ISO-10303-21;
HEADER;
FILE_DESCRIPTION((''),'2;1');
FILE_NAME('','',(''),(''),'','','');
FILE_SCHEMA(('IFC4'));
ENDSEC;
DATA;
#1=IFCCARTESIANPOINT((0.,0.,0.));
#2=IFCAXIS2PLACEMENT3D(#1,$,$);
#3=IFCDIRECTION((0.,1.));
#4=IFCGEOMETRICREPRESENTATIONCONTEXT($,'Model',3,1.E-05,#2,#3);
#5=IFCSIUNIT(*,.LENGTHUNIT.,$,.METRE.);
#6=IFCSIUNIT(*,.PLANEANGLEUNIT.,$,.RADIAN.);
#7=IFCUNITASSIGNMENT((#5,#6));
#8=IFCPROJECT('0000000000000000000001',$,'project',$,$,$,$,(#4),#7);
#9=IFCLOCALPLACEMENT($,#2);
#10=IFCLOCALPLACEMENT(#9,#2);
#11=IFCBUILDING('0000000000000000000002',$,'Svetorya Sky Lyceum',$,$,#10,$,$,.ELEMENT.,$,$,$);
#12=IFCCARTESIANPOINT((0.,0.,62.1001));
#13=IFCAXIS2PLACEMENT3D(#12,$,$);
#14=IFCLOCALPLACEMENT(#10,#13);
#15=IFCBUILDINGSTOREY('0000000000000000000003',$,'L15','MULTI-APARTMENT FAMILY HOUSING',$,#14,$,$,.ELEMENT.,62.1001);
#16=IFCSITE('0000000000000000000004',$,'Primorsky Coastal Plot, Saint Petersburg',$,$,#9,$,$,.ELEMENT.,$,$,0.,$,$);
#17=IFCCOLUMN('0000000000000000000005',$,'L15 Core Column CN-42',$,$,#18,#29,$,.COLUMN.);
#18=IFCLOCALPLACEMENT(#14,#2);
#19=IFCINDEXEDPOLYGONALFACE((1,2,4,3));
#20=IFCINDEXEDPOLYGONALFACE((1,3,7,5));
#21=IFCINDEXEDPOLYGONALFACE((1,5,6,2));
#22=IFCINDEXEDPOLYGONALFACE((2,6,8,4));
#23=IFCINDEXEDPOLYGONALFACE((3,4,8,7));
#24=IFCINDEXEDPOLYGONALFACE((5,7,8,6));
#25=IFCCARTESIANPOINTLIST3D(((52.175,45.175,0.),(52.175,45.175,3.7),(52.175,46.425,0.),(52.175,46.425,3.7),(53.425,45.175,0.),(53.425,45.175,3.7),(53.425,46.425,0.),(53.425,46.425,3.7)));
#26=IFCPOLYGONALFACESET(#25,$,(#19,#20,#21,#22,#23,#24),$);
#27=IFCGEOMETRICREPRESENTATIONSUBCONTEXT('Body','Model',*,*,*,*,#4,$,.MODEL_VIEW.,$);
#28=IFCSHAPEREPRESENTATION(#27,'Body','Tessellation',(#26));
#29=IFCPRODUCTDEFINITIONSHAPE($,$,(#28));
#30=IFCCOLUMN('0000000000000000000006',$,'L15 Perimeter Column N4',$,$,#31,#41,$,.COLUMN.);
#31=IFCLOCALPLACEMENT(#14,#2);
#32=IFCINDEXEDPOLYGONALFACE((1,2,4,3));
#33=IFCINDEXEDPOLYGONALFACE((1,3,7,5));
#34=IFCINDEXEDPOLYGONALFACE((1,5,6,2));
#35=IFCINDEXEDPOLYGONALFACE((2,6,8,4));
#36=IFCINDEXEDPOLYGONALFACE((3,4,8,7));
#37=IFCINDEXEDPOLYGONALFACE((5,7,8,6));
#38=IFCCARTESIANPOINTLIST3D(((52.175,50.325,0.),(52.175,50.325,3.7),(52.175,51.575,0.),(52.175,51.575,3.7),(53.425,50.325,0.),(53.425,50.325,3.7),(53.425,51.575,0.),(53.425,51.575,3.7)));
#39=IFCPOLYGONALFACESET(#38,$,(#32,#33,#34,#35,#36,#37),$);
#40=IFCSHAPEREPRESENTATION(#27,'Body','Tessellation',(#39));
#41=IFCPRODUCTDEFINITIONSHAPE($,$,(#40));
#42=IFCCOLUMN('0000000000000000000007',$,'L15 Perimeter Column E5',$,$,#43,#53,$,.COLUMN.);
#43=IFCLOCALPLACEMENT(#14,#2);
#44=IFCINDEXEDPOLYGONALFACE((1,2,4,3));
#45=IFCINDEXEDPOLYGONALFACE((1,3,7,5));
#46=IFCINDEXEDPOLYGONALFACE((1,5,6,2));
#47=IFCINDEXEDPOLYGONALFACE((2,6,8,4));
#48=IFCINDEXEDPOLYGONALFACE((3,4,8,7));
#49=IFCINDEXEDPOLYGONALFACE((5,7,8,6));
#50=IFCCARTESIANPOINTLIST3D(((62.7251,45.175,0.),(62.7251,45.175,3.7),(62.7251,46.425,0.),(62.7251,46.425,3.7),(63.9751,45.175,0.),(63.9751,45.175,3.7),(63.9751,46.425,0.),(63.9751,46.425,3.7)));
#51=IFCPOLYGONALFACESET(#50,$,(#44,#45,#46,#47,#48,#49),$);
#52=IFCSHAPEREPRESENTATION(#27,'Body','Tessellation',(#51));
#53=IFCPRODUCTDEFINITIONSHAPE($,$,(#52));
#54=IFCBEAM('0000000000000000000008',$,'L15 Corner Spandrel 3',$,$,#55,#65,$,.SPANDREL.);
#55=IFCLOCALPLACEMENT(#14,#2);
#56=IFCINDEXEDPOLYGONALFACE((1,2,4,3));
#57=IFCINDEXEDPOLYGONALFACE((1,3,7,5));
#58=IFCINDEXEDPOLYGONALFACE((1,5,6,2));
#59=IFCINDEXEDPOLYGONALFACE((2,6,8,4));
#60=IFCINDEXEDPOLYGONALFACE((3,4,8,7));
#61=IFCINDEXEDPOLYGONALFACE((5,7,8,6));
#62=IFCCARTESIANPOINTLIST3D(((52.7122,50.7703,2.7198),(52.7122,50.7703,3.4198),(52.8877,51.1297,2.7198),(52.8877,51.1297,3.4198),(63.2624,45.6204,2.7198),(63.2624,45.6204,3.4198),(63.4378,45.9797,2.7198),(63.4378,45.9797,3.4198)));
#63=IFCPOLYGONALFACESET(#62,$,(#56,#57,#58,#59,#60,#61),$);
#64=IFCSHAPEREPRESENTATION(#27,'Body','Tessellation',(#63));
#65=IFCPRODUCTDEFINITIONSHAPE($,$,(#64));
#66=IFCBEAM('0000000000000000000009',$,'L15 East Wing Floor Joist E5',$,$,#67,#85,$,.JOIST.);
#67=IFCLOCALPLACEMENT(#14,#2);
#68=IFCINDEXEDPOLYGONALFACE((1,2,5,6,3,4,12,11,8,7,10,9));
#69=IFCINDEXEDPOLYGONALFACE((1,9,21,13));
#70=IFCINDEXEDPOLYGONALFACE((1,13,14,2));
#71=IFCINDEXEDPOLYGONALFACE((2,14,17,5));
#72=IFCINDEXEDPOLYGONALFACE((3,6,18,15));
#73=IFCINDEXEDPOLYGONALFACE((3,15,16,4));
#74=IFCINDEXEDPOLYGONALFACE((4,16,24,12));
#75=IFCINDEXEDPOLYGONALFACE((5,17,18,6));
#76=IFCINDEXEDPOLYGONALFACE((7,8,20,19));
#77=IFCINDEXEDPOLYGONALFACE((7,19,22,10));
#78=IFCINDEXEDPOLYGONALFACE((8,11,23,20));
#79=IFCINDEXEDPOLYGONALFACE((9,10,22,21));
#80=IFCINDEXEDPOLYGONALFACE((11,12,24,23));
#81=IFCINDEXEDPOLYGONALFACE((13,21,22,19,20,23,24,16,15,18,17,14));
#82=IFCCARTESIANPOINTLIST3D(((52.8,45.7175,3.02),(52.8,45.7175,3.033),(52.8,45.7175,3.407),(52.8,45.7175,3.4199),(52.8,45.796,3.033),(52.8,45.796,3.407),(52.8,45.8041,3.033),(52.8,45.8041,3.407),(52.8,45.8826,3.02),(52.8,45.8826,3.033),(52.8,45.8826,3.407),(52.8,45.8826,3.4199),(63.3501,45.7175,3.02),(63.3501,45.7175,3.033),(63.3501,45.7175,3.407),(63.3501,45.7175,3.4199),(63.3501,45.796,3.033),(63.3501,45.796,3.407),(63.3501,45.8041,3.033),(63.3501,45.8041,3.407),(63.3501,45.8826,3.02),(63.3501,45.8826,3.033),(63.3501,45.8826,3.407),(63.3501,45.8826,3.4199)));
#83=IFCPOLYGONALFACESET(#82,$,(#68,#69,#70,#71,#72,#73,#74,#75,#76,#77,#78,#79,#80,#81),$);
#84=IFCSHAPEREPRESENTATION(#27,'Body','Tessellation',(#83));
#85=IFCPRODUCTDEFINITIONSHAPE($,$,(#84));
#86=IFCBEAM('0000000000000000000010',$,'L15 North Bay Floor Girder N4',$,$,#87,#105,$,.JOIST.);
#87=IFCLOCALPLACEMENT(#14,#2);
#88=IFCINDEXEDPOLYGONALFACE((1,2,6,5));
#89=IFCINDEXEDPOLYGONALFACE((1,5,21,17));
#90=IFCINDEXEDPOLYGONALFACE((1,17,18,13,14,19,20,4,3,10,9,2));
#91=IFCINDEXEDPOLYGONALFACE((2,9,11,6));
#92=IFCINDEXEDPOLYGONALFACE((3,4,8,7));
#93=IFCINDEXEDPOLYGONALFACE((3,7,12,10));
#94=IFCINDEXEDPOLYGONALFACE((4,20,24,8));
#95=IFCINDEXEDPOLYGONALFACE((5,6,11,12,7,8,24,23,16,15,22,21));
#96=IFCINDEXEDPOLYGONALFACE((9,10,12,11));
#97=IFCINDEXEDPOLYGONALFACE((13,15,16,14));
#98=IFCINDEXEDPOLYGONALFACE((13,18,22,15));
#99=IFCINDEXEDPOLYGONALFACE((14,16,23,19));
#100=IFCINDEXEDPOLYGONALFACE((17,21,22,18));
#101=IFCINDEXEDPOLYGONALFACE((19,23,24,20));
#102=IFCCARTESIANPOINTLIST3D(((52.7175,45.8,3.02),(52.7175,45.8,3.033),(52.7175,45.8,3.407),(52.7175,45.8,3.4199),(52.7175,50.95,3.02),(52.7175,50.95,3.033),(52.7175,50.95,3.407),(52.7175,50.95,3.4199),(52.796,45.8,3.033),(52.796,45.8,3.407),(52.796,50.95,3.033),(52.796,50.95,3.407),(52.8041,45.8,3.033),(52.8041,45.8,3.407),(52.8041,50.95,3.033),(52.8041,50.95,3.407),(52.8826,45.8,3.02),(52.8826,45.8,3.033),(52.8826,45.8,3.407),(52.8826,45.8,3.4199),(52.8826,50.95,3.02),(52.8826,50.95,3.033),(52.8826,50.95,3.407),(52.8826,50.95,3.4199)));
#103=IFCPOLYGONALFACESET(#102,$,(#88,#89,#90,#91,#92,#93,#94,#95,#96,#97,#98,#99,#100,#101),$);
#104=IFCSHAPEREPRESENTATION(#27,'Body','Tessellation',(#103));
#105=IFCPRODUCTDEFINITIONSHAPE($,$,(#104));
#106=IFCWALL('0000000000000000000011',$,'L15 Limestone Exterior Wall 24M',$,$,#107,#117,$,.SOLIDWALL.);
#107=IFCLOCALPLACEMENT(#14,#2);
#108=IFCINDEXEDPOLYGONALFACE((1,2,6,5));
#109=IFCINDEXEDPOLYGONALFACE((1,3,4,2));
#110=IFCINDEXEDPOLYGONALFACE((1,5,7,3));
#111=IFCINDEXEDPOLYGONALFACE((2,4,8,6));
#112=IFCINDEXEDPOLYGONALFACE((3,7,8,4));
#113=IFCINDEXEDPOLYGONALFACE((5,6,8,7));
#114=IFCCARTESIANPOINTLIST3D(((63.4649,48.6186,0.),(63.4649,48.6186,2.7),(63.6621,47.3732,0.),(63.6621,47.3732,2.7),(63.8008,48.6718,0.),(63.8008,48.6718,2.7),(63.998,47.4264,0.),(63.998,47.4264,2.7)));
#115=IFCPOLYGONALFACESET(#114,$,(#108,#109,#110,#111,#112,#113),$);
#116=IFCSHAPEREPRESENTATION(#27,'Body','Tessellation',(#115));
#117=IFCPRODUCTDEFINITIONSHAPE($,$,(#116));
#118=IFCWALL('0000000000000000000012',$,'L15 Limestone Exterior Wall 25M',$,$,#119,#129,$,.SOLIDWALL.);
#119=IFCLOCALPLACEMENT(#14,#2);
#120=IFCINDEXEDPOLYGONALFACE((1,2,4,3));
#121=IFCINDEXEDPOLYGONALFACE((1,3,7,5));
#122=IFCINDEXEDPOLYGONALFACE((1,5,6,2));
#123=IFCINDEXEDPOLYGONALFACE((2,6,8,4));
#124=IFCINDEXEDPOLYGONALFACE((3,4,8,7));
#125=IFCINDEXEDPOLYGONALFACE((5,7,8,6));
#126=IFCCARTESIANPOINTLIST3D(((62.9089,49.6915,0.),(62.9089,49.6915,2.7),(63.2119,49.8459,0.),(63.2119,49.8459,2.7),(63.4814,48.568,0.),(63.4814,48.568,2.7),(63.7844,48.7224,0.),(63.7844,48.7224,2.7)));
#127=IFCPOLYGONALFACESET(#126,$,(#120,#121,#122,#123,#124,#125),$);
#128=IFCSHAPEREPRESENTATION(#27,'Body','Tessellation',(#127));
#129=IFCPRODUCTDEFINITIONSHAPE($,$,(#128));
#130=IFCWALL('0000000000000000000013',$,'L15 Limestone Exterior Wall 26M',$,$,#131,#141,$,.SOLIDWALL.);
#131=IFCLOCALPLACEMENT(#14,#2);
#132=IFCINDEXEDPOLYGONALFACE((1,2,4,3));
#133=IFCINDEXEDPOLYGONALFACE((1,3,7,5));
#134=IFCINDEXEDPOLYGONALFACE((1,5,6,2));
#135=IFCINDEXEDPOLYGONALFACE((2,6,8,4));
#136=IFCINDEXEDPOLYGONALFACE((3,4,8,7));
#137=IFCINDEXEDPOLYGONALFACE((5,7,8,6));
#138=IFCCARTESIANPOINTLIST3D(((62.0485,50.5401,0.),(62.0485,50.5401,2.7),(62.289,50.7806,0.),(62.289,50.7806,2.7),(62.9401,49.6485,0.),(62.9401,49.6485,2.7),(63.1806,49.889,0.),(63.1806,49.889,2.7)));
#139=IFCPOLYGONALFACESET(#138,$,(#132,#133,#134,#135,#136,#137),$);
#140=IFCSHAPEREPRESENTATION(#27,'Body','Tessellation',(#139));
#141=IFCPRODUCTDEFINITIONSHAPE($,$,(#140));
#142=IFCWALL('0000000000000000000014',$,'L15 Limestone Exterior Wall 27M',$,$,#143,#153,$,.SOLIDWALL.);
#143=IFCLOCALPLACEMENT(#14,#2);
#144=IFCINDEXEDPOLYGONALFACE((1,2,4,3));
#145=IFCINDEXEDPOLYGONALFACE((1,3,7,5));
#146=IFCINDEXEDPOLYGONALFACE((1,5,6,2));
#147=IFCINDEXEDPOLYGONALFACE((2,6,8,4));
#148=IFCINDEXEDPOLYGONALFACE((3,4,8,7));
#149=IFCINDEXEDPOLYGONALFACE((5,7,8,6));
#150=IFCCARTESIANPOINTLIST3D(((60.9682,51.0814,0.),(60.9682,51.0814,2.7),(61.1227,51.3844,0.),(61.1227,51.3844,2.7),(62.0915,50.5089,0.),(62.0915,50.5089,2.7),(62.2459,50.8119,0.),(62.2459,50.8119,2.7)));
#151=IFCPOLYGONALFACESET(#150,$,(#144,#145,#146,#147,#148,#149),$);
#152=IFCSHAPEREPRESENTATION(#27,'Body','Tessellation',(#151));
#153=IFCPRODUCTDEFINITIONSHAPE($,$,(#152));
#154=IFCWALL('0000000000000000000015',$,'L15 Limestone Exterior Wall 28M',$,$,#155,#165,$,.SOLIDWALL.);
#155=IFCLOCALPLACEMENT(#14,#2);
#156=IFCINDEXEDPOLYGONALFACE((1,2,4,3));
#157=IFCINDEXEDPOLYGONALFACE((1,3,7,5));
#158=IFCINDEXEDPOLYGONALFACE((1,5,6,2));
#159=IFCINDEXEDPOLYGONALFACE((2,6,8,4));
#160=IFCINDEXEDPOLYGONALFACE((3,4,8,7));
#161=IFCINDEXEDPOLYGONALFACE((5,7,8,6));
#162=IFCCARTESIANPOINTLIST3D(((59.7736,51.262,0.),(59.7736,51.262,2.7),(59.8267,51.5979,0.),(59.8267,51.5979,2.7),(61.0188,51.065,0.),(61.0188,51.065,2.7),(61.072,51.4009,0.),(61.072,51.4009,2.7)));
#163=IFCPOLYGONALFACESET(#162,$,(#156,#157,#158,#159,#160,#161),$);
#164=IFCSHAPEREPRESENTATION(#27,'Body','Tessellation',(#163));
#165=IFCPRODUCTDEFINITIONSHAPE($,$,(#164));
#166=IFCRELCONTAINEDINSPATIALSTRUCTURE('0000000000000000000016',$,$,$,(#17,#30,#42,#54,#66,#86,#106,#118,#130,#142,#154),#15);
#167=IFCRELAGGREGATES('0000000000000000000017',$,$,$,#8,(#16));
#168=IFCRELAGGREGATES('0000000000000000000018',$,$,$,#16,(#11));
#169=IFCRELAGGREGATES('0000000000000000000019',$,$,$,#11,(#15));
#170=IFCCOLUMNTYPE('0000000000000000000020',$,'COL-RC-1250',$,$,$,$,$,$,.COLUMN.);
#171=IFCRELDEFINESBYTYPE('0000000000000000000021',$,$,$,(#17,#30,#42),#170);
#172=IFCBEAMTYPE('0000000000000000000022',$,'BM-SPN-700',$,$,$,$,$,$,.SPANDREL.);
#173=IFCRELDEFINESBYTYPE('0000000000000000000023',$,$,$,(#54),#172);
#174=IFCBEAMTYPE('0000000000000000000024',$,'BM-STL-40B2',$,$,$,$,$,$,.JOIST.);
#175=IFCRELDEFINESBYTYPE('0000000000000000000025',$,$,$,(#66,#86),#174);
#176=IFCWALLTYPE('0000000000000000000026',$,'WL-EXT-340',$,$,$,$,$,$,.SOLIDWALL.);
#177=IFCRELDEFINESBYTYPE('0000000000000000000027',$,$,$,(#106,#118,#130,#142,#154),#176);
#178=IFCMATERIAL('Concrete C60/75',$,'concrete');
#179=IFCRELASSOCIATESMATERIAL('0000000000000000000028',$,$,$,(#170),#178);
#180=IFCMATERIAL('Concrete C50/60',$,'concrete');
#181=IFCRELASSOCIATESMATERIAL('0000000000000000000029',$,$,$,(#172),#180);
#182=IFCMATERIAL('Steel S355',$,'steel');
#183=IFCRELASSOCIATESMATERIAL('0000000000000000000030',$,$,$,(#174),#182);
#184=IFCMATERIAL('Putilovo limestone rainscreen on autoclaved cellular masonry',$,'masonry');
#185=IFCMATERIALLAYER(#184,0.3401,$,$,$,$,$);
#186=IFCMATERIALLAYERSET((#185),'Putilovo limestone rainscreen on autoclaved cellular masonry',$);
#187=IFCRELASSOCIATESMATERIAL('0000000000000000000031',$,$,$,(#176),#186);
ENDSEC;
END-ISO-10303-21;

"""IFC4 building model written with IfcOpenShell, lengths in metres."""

from ifc_helpers import new_model, si_unit, direction, frame, frame_2d, origin, origin_2d, place, context, subcontext, project, spatial, rectangle, i_section, extrude, material, layer, layer_set, material_profile, profile_set, type_object, element, save


model = new_model("IFC4")

# Units and contexts
model_context = context("Model", 3, precision=1e-05, world=origin(), true_north=direction((0.0, 1.0)))
body_context = subcontext(model_context, "Body", "Model", "MODEL_VIEW")
ifc_project = project(units=[si_unit("LENGTHUNIT", "METRE"), si_unit("PLANEANGLEUNIT", "RADIAN")], contexts=[model_context])

# Site, building, storey
site_placement = place(None, origin())
site = spatial("IfcSite", under=ifc_project, at=site_placement, Name="Primorsky Coastal Plot, Saint Petersburg", CompositionType="ELEMENT", RefElevation=0.0)
building_placement = place(site_placement, origin())
building = spatial("IfcBuilding", under=site, at=building_placement, Name="Svetorya Sky Lyceum", CompositionType="ELEMENT")
storey_placement = place(building_placement, frame((0.0, 0.0, 62.1001)))
storey = spatial("IfcBuildingStorey", under=building, at=storey_placement, Name="L15", Description="MULTI-APARTMENT FAMILY HOUSING", CompositionType="ELEMENT", Elevation=62.1001)

# Columns
ifc_material_1 = material(Name="Concrete C60/75", Category="concrete")
ifc_material_profile_1 = material_profile(ifc_material_1, rectangle(XDim=1.25, YDim=1.25, at=origin_2d()), Name="RC COL 1250x1250")
ifc_profile_set_1 = profile_set([ifc_material_profile_1], Name="Concrete C60/75")
column_type = type_object("IfcColumnType", Name="COL-RC-1250", PredefinedType="COLUMN", material=ifc_profile_set_1)
for number, where, z_axis, x_axis, name in (
    (1, (52.8, 45.8, 0.0), (0.0, 0.0, 1.0), (1.0, 0.0, 0.0), "L15 Core Column CN-42"),
    (2, (52.8, 50.95, 0.0), (0.0, 0.0, 1.0), (1.0, 0.0, 0.0), "L15 Perimeter Column N4"),
    (3, (63.3501, 45.8, 0.0), (0.0, 0.0, 1.0), (1.0, 0.0, 0.0), "L15 Perimeter Column E5"),
):
    element("IfcColumn", number, at=place(storey_placement, frame(where, z_axis=z_axis, x_axis=x_axis)), inside=storey, type_object=column_type, Name=name, PredefinedType="COLUMN", context=body_context, shape_type="SweptSolid", body=[
        extrude(rectangle(XDim=1.25, YDim=1.25, at=origin_2d()), origin(), (0.0, 0.0, 1.0), 3.7),
    ])

# Beams
ifc_material_2 = material(Name="Concrete C50/60", Category="concrete")
ifc_material_profile_2 = material_profile(ifc_material_2, rectangle(XDim=0.3999, YDim=0.7, at=origin_2d()), Name="RC SPANDREL 400x700")
ifc_profile_set_2 = profile_set([ifc_material_profile_2], Name="Concrete C50/60")
beam_type_1 = type_object("IfcBeamType", Name="BM-SPN-700", PredefinedType="SPANDREL", material=ifc_profile_set_2)
beam_1_placement = place(storey_placement, frame((63.3501, 45.8, 3.0698), z_axis=(-0.89865, 0.438667, 0.0), x_axis=(-0.438667, -0.89865, 0.0)))
element("IfcBeam", 4, at=beam_1_placement, inside=storey, type_object=beam_type_1, Name="L15 Corner Spandrel 3", PredefinedType="SPANDREL", context=body_context, shape_type="SweptSolid", body=[
    extrude(rectangle(XDim=0.3999, YDim=0.7, at=origin_2d()), origin(), (0.0, 0.0, 1.0), 11.74),
])
ifc_material_3 = material(Name="Steel S355", Category="steel")
ifc_material_profile_3 = material_profile(ifc_material_3, i_section(OverallWidth=0.165, OverallDepth=0.3999, WebThickness=0.0081, FlangeThickness=0.0129, at=origin_2d()), Name="GOST 40B2")
ifc_profile_set_3 = profile_set([ifc_material_profile_3], Name="Steel S355")
beam_type_2 = type_object("IfcBeamType", Name="BM-STL-40B2", PredefinedType="JOIST", material=ifc_profile_set_3)
beam_2_placement = place(storey_placement, frame((52.8, 45.8, 3.22), z_axis=(1.0, 0.0, 0.0), x_axis=(0.0, 1.0, 0.0)))
element("IfcBeam", 5, at=beam_2_placement, inside=storey, type_object=beam_type_2, Name="L15 East Wing Floor Joist E5", PredefinedType="JOIST", context=body_context, shape_type="SweptSolid", body=[
    extrude(i_section(OverallWidth=0.165, OverallDepth=0.3999, WebThickness=0.0081, FlangeThickness=0.0129, at=origin_2d()), origin(), (0.0, 0.0, 1.0), 10.55),
])
beam_3_placement = place(storey_placement, frame((52.8, 45.8, 3.22), z_axis=(0.0, 1.0, 0.0), x_axis=(-1.0, 0.0, 0.0)))
element("IfcBeam", 6, at=beam_3_placement, inside=storey, type_object=beam_type_2, Name="L15 North Bay Floor Girder N4", PredefinedType="JOIST", context=body_context, shape_type="SweptSolid", body=[
    extrude(i_section(OverallWidth=0.165, OverallDepth=0.3999, WebThickness=0.0081, FlangeThickness=0.0129, at=origin_2d()), origin(), (0.0, 0.0, 1.0), 5.1499),
])

# Walls
ifc_material_4 = material(Name="Putilovo limestone rainscreen on autoclaved cellular masonry", Category="masonry")
ifc_layer_1 = layer(ifc_material_4, 0.3401)
ifc_layer_set_1 = layer_set([ifc_layer_1], Name="Putilovo limestone rainscreen on autoclaved cellular masonry")
wall_type_1 = type_object("IfcWallType", Name="WL-EXT-340", PredefinedType="SOLIDWALL", material=ifc_layer_set_1)
for number, where, z_axis, x_axis, name in (
    (7, (63.8301, 47.3999, 0.0), (0.0, 0.0, 1.0), (-0.15645, 0.987686, 0.0), "L15 Limestone Exterior Wall 24M"),
    (8, (63.6328, 48.6453, 0.0), (0.0, 0.0, 1.0), (-0.454016, 0.890994, 0.0), "L15 Limestone Exterior Wall 25M"),
    (9, (63.0603, 49.7688, 0.0), (0.0, 0.0, 1.0), (-0.707107, 0.707107, 0.0), "L15 Limestone Exterior Wall 26M"),
):
    element("IfcWall", number, at=place(storey_placement, frame(where, z_axis=z_axis, x_axis=x_axis)), inside=storey, type_object=wall_type_1, Name=name, PredefinedType="SOLIDWALL", context=body_context, shape_type="SweptSolid", body=[
        extrude(rectangle(XDim=1.261, YDim=0.3401, at=frame_2d((0.6304, 0.0))), origin(), (0.0, 0.0, 1.0), 2.7),
    ])
for number, where, z_axis, x_axis, name in (
    (10, (62.1687, 50.6604, 0.0), (0.0, 0.0, 1.0), (-0.890954, 0.454094, 0.0), "L15 Limestone Exterior Wall 27M"),
    (11, (61.0454, 51.2329, 0.0), (0.0, 0.0, 1.0), (-0.987716, 0.156261, 0.0), "L15 Limestone Exterior Wall 28M"),
):
    element("IfcWall", number, at=place(storey_placement, frame(where, z_axis=z_axis, x_axis=x_axis)), inside=storey, type_object=wall_type_1, Name=name, PredefinedType="SOLIDWALL", context=body_context, shape_type="SweptSolid", body=[
        extrude(rectangle(XDim=1.2607, YDim=0.3401, at=frame_2d((0.6304, 0.0))), origin(), (0.0, 0.0, 1.0), 2.7),
    ])

save(model, "model.ifc")
